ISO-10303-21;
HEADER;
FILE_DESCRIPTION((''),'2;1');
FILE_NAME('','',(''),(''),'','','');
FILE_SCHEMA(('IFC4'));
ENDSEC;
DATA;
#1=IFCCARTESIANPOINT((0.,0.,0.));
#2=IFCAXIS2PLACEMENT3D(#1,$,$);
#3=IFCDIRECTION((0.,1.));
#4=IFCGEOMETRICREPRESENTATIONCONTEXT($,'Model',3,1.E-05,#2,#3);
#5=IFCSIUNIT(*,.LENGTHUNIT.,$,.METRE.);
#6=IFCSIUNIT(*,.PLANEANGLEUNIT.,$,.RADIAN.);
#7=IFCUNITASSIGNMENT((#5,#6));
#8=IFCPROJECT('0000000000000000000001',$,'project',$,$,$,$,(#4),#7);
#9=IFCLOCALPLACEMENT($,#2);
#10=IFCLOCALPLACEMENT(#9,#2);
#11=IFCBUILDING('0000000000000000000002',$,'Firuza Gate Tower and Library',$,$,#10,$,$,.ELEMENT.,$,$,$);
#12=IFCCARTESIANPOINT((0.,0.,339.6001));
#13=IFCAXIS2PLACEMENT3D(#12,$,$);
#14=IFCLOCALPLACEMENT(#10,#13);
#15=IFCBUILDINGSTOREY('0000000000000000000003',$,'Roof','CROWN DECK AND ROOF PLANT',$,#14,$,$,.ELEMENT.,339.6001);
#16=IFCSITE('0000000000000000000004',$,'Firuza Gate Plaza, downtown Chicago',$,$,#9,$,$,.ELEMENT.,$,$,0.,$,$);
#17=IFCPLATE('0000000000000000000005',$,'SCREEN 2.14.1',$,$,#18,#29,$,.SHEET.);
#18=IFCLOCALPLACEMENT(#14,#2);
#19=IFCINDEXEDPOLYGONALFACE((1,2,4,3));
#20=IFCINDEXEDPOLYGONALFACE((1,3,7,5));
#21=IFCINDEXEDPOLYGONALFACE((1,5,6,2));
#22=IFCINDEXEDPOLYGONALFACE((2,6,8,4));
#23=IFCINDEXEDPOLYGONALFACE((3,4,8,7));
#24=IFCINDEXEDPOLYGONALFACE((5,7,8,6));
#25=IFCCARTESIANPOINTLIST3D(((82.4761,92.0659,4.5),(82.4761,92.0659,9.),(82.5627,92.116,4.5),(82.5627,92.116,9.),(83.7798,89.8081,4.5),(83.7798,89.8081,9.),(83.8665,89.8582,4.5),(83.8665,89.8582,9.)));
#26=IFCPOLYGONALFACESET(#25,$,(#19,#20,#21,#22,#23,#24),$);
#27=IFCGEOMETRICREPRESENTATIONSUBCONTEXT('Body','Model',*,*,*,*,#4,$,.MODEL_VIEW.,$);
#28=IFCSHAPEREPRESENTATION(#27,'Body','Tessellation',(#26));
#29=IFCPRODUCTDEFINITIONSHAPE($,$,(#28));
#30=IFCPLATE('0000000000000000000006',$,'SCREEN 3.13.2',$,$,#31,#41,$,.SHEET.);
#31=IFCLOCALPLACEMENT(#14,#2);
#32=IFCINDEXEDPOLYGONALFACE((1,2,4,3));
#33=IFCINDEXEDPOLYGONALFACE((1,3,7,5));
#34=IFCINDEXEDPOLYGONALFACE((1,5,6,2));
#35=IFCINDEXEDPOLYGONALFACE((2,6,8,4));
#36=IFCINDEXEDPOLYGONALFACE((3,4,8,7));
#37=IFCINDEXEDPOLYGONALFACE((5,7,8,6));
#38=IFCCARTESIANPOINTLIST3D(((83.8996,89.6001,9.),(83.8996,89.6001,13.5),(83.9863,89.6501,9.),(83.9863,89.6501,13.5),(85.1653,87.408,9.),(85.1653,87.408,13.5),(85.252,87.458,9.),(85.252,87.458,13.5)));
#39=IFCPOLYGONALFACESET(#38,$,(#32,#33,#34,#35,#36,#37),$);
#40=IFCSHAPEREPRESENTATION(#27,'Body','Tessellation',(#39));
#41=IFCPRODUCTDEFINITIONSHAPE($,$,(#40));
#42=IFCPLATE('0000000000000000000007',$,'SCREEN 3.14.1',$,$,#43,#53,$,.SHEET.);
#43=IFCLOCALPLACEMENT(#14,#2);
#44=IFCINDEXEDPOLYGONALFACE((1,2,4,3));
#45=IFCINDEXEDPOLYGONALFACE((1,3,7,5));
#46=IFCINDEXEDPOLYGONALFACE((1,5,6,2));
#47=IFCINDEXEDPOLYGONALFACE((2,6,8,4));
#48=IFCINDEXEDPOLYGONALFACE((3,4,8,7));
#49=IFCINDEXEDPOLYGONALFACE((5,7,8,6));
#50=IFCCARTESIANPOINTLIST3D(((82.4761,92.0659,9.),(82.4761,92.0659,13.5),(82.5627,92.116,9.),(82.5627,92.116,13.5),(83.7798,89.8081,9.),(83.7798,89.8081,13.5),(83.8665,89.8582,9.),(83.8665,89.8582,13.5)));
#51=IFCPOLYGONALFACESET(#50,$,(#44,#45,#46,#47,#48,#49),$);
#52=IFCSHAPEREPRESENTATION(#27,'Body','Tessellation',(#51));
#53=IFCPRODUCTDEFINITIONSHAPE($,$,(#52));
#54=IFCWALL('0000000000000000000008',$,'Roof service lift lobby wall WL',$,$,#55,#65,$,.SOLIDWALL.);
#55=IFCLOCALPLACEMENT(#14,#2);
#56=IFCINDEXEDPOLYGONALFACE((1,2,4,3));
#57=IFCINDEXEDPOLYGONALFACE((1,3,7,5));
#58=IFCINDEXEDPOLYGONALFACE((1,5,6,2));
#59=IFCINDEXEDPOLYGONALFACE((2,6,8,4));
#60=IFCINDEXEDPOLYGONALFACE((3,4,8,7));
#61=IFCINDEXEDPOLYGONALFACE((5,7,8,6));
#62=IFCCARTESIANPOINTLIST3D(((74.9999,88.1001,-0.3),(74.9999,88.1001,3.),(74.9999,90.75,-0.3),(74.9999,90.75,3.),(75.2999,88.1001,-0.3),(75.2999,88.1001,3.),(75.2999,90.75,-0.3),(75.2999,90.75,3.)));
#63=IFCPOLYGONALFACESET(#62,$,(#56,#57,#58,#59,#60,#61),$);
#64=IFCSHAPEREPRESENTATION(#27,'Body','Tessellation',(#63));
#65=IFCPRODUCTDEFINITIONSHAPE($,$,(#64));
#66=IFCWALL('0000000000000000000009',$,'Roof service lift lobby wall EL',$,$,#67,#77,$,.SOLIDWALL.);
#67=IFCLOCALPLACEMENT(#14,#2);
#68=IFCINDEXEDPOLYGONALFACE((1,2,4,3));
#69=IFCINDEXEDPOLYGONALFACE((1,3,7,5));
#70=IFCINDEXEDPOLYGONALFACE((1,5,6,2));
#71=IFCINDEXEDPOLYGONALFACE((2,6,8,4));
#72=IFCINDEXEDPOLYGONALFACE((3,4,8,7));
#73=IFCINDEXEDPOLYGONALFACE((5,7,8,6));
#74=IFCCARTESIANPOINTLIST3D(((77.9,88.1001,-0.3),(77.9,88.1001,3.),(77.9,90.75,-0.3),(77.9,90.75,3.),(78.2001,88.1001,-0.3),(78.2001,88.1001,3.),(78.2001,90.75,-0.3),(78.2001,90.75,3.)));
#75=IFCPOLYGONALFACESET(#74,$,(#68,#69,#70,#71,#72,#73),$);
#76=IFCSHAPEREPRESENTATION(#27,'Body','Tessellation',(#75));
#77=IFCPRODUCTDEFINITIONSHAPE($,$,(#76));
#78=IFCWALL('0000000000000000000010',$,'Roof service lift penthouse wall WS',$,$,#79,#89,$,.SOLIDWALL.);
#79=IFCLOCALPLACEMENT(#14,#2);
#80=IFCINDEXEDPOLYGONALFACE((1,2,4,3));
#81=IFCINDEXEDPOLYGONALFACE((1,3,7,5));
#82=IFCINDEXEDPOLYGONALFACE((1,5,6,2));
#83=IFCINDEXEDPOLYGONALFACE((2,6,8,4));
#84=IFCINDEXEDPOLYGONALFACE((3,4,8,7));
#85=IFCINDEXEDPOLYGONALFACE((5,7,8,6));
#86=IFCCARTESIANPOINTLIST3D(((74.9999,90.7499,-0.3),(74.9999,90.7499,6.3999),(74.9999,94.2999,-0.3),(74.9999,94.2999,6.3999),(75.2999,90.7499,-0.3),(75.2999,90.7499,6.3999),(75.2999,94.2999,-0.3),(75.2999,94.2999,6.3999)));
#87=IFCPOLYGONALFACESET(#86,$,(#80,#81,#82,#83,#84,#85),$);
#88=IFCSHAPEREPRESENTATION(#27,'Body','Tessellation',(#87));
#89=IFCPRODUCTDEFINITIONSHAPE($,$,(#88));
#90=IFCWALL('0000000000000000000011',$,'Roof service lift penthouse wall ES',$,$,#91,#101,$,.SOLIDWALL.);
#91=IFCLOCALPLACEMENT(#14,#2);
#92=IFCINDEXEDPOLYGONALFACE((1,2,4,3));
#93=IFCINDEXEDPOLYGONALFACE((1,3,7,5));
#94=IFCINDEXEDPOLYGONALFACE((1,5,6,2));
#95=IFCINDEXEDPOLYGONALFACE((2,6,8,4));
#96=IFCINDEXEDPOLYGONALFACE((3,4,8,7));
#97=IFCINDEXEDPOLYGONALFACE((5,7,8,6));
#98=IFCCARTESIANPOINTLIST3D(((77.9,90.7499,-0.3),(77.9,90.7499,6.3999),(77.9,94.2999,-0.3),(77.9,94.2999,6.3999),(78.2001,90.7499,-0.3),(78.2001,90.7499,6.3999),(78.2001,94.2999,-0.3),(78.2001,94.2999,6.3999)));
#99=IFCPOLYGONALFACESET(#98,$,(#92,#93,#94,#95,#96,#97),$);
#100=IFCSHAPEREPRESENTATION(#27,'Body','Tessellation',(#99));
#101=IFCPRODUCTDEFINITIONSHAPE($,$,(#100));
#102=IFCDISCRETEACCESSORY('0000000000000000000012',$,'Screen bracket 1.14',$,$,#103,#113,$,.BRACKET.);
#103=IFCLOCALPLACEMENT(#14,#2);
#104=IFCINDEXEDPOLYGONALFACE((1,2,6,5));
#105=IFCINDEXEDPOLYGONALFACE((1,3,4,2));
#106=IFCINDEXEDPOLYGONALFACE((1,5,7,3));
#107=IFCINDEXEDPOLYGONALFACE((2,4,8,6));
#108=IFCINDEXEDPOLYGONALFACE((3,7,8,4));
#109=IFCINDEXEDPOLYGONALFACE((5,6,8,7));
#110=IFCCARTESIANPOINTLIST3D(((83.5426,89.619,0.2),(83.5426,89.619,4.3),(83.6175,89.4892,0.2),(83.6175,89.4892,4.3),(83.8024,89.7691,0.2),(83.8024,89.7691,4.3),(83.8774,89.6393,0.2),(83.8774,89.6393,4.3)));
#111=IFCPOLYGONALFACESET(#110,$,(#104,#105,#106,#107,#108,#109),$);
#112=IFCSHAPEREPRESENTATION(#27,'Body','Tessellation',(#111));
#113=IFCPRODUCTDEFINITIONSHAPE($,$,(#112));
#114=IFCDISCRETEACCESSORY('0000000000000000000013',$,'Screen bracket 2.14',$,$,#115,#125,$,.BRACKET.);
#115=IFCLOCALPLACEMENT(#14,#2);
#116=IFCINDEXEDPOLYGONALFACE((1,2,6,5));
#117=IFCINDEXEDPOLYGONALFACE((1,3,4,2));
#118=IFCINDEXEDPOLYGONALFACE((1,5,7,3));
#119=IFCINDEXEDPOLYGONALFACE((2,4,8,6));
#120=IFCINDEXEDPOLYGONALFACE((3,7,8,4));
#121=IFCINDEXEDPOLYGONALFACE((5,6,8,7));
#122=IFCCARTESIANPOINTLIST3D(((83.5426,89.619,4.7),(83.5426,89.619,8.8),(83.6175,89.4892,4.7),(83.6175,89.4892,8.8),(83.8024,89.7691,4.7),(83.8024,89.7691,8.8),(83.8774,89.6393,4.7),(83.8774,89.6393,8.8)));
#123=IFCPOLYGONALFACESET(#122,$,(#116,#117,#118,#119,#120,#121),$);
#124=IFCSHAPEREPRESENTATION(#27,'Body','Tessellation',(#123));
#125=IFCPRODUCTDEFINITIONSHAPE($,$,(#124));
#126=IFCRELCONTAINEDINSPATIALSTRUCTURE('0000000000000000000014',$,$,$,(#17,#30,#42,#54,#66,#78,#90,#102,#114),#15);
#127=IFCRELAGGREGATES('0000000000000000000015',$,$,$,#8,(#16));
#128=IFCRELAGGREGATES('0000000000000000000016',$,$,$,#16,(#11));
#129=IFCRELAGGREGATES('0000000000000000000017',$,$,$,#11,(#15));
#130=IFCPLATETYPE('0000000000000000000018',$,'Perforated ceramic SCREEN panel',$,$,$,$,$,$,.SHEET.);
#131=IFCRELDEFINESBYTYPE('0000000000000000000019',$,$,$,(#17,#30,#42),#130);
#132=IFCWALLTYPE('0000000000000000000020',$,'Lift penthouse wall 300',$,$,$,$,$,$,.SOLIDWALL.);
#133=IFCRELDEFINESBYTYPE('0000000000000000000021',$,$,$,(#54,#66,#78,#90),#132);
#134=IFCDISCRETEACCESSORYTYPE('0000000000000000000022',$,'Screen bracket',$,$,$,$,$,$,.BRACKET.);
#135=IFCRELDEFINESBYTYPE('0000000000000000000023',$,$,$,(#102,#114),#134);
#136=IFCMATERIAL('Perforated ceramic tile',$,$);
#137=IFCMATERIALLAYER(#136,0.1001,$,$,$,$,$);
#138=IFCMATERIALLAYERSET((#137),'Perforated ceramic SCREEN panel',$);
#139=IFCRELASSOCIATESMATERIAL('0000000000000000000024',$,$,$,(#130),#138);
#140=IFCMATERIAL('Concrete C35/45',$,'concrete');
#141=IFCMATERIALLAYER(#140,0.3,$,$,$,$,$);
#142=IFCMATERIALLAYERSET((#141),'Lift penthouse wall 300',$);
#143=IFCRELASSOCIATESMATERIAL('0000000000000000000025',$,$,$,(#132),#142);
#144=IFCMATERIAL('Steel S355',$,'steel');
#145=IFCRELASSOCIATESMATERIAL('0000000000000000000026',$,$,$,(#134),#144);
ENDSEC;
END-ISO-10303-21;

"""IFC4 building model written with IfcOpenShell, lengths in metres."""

from ifc_helpers import new_model, si_unit, direction, frame, frame_2d, origin, origin_2d, place, context, subcontext, project, spatial, polyline, rectangle, outline, extrude, material, layer, layer_set, type_object, element, save


model = new_model("IFC4")

# Units and contexts
model_context = context("Model", 3, precision=1e-05, world=origin(), true_north=direction((0.0, 1.0)))
body_context = subcontext(model_context, "Body", "Model", "MODEL_VIEW")
ifc_project = project(units=[si_unit("LENGTHUNIT", "METRE"), si_unit("PLANEANGLEUNIT", "RADIAN")], contexts=[model_context])

# Site, building, storey
site_placement = place(None, origin())
site = spatial("IfcSite", under=ifc_project, at=site_placement, Name="Firuza Gate Plaza, downtown Chicago", CompositionType="ELEMENT", RefElevation=0.0)
building_placement = place(site_placement, origin())
building = spatial("IfcBuilding", under=site, at=building_placement, Name="Firuza Gate Tower and Library", CompositionType="ELEMENT")
storey_placement = place(building_placement, frame((0.0, 0.0, 339.6001)))
storey = spatial("IfcBuildingStorey", under=building, at=storey_placement, Name="Roof", Description="CROWN DECK AND ROOF PLANT", CompositionType="ELEMENT", Elevation=339.6001)

# Plates
ifc_material_1 = material(Name="Perforated ceramic tile")
ifc_layer_1 = layer(ifc_material_1, 0.1001)
ifc_layer_set_1 = layer_set([ifc_layer_1], Name="Perforated ceramic SCREEN panel")
plate_type = type_object("IfcPlateType", Name="Perforated ceramic SCREEN panel", PredefinedType="SHEET", material=ifc_layer_set_1)
plate_1_placement = place(storey_placement, frame((83.8665, 89.8582, 4.5), z_axis=(0.865998, 0.500047, 0.0), x_axis=(-0.500047, 0.865998, 0.0)))
element("IfcPlate", 1, at=plate_1_placement, inside=storey, type_object=plate_type, Name="SCREEN 2.14.1", PredefinedType="SHEET", context=body_context, shape_type="SweptSolid", body=[
    extrude(outline(polyline([(0.0, 0.0), (2.6072, 0.0), (2.6072, 4.5), (0.0, 4.5), (0.0, 0.0)])), origin(), (0.0, 0.0, -1.0), 0.1001),
])
plate_2_placement = place(storey_placement, frame((85.252, 87.458, 9.0), z_axis=(0.866027, 0.499998, 0.0), x_axis=(-0.499998, 0.866027, 0.0)))
element("IfcPlate", 2, at=plate_2_placement, inside=storey, type_object=plate_type, Name="SCREEN 3.13.2", PredefinedType="SHEET", context=body_context, shape_type="SweptSolid", body=[
    extrude(outline(polyline([(0.0, 0.0), (2.5313, 0.0), (2.5313, 4.5), (0.0, 4.5), (0.0, 0.0)])), origin(), (0.0, 0.0, -1.0), 0.1001),
])
plate_3_placement = place(storey_placement, frame((83.8665, 89.8582, 9.0), z_axis=(0.865998, 0.500047, 0.0), x_axis=(-0.500047, 0.865998, 0.0)))
element("IfcPlate", 3, at=plate_3_placement, inside=storey, type_object=plate_type, Name="SCREEN 3.14.1", PredefinedType="SHEET", context=body_context, shape_type="SweptSolid", body=[
    extrude(outline(polyline([(0.0, 0.0), (2.6072, 0.0), (2.6072, 4.5), (0.0, 4.5), (0.0, 0.0)])), origin(), (0.0, 0.0, -1.0), 0.1001),
])

# Walls
ifc_material_2 = material(Name="Concrete C35/45", Category="concrete")
ifc_layer_2 = layer(ifc_material_2, 0.3)
ifc_layer_set_2 = layer_set([ifc_layer_2], Name="Lift penthouse wall 300")
wall_type = type_object("IfcWallType", Name="Lift penthouse wall 300", PredefinedType="SOLIDWALL", material=ifc_layer_set_2)
for number, where, z_axis, x_axis, name in (
    (4, (75.1499, 88.1001, -0.3), (0.0, 0.0, 1.0), (0.0, 1.0, 0.0), "Roof service lift lobby wall WL"),
    (5, (78.05, 88.1001, -0.3), (0.0, 0.0, 1.0), (0.0, 1.0, 0.0), "Roof service lift lobby wall EL"),
):
    element("IfcWall", number, at=place(storey_placement, frame(where, z_axis=z_axis, x_axis=x_axis)), inside=storey, type_object=wall_type, Name=name, PredefinedType="SOLIDWALL", context=body_context, shape_type="SweptSolid", body=[
        extrude(rectangle(XDim=2.6499, YDim=0.3, at=frame_2d((1.325, 0.0))), origin(), (0.0, 0.0, 1.0), 3.3),
    ])
for number, where, z_axis, x_axis, name in (
    (6, (75.1499, 90.75, -0.3), (0.0, 0.0, 1.0), (0.0, 1.0, 0.0), "Roof service lift penthouse wall WS"),
    (7, (78.05, 90.75, -0.3), (0.0, 0.0, 1.0), (0.0, 1.0, 0.0), "Roof service lift penthouse wall ES"),
):
    element("IfcWall", number, at=place(storey_placement, frame(where, z_axis=z_axis, x_axis=x_axis)), inside=storey, type_object=wall_type, Name=name, PredefinedType="SOLIDWALL", context=body_context, shape_type="SweptSolid", body=[
        extrude(rectangle(XDim=3.55, YDim=0.3, at=frame_2d((1.7749, 0.0))), origin(), (0.0, 0.0, 1.0), 6.7),
    ])

# Discrete accessories
ifc_material_3 = material(Name="Steel S355", Category="steel")
discrete_accessory_type = type_object("IfcDiscreteAccessoryType", Name="Screen bracket", PredefinedType="BRACKET", material=ifc_material_3)
for number, where, z_axis, x_axis, name in (
    (8, (83.71, 89.6292, 0.2), (0.0, 0.0, 1.0), (0.866025, 0.5, 0.0), "Screen bracket 1.14"),
    (9, (83.71, 89.6292, 4.7), (0.0, 0.0, 1.0), (0.866025, 0.5, 0.0), "Screen bracket 2.14"),
):
    element("IfcDiscreteAccessory", number, at=place(storey_placement, frame(where, z_axis=z_axis, x_axis=x_axis)), inside=storey, type_object=discrete_accessory_type, Name=name, PredefinedType="BRACKET", context=body_context, shape_type="SweptSolid", body=[
        extrude(rectangle(XDim=0.3, YDim=0.1499, at=origin_2d()), origin(), (0.0, 0.0, 1.0), 4.1001),
    ])

save(model, "model.ifc")
